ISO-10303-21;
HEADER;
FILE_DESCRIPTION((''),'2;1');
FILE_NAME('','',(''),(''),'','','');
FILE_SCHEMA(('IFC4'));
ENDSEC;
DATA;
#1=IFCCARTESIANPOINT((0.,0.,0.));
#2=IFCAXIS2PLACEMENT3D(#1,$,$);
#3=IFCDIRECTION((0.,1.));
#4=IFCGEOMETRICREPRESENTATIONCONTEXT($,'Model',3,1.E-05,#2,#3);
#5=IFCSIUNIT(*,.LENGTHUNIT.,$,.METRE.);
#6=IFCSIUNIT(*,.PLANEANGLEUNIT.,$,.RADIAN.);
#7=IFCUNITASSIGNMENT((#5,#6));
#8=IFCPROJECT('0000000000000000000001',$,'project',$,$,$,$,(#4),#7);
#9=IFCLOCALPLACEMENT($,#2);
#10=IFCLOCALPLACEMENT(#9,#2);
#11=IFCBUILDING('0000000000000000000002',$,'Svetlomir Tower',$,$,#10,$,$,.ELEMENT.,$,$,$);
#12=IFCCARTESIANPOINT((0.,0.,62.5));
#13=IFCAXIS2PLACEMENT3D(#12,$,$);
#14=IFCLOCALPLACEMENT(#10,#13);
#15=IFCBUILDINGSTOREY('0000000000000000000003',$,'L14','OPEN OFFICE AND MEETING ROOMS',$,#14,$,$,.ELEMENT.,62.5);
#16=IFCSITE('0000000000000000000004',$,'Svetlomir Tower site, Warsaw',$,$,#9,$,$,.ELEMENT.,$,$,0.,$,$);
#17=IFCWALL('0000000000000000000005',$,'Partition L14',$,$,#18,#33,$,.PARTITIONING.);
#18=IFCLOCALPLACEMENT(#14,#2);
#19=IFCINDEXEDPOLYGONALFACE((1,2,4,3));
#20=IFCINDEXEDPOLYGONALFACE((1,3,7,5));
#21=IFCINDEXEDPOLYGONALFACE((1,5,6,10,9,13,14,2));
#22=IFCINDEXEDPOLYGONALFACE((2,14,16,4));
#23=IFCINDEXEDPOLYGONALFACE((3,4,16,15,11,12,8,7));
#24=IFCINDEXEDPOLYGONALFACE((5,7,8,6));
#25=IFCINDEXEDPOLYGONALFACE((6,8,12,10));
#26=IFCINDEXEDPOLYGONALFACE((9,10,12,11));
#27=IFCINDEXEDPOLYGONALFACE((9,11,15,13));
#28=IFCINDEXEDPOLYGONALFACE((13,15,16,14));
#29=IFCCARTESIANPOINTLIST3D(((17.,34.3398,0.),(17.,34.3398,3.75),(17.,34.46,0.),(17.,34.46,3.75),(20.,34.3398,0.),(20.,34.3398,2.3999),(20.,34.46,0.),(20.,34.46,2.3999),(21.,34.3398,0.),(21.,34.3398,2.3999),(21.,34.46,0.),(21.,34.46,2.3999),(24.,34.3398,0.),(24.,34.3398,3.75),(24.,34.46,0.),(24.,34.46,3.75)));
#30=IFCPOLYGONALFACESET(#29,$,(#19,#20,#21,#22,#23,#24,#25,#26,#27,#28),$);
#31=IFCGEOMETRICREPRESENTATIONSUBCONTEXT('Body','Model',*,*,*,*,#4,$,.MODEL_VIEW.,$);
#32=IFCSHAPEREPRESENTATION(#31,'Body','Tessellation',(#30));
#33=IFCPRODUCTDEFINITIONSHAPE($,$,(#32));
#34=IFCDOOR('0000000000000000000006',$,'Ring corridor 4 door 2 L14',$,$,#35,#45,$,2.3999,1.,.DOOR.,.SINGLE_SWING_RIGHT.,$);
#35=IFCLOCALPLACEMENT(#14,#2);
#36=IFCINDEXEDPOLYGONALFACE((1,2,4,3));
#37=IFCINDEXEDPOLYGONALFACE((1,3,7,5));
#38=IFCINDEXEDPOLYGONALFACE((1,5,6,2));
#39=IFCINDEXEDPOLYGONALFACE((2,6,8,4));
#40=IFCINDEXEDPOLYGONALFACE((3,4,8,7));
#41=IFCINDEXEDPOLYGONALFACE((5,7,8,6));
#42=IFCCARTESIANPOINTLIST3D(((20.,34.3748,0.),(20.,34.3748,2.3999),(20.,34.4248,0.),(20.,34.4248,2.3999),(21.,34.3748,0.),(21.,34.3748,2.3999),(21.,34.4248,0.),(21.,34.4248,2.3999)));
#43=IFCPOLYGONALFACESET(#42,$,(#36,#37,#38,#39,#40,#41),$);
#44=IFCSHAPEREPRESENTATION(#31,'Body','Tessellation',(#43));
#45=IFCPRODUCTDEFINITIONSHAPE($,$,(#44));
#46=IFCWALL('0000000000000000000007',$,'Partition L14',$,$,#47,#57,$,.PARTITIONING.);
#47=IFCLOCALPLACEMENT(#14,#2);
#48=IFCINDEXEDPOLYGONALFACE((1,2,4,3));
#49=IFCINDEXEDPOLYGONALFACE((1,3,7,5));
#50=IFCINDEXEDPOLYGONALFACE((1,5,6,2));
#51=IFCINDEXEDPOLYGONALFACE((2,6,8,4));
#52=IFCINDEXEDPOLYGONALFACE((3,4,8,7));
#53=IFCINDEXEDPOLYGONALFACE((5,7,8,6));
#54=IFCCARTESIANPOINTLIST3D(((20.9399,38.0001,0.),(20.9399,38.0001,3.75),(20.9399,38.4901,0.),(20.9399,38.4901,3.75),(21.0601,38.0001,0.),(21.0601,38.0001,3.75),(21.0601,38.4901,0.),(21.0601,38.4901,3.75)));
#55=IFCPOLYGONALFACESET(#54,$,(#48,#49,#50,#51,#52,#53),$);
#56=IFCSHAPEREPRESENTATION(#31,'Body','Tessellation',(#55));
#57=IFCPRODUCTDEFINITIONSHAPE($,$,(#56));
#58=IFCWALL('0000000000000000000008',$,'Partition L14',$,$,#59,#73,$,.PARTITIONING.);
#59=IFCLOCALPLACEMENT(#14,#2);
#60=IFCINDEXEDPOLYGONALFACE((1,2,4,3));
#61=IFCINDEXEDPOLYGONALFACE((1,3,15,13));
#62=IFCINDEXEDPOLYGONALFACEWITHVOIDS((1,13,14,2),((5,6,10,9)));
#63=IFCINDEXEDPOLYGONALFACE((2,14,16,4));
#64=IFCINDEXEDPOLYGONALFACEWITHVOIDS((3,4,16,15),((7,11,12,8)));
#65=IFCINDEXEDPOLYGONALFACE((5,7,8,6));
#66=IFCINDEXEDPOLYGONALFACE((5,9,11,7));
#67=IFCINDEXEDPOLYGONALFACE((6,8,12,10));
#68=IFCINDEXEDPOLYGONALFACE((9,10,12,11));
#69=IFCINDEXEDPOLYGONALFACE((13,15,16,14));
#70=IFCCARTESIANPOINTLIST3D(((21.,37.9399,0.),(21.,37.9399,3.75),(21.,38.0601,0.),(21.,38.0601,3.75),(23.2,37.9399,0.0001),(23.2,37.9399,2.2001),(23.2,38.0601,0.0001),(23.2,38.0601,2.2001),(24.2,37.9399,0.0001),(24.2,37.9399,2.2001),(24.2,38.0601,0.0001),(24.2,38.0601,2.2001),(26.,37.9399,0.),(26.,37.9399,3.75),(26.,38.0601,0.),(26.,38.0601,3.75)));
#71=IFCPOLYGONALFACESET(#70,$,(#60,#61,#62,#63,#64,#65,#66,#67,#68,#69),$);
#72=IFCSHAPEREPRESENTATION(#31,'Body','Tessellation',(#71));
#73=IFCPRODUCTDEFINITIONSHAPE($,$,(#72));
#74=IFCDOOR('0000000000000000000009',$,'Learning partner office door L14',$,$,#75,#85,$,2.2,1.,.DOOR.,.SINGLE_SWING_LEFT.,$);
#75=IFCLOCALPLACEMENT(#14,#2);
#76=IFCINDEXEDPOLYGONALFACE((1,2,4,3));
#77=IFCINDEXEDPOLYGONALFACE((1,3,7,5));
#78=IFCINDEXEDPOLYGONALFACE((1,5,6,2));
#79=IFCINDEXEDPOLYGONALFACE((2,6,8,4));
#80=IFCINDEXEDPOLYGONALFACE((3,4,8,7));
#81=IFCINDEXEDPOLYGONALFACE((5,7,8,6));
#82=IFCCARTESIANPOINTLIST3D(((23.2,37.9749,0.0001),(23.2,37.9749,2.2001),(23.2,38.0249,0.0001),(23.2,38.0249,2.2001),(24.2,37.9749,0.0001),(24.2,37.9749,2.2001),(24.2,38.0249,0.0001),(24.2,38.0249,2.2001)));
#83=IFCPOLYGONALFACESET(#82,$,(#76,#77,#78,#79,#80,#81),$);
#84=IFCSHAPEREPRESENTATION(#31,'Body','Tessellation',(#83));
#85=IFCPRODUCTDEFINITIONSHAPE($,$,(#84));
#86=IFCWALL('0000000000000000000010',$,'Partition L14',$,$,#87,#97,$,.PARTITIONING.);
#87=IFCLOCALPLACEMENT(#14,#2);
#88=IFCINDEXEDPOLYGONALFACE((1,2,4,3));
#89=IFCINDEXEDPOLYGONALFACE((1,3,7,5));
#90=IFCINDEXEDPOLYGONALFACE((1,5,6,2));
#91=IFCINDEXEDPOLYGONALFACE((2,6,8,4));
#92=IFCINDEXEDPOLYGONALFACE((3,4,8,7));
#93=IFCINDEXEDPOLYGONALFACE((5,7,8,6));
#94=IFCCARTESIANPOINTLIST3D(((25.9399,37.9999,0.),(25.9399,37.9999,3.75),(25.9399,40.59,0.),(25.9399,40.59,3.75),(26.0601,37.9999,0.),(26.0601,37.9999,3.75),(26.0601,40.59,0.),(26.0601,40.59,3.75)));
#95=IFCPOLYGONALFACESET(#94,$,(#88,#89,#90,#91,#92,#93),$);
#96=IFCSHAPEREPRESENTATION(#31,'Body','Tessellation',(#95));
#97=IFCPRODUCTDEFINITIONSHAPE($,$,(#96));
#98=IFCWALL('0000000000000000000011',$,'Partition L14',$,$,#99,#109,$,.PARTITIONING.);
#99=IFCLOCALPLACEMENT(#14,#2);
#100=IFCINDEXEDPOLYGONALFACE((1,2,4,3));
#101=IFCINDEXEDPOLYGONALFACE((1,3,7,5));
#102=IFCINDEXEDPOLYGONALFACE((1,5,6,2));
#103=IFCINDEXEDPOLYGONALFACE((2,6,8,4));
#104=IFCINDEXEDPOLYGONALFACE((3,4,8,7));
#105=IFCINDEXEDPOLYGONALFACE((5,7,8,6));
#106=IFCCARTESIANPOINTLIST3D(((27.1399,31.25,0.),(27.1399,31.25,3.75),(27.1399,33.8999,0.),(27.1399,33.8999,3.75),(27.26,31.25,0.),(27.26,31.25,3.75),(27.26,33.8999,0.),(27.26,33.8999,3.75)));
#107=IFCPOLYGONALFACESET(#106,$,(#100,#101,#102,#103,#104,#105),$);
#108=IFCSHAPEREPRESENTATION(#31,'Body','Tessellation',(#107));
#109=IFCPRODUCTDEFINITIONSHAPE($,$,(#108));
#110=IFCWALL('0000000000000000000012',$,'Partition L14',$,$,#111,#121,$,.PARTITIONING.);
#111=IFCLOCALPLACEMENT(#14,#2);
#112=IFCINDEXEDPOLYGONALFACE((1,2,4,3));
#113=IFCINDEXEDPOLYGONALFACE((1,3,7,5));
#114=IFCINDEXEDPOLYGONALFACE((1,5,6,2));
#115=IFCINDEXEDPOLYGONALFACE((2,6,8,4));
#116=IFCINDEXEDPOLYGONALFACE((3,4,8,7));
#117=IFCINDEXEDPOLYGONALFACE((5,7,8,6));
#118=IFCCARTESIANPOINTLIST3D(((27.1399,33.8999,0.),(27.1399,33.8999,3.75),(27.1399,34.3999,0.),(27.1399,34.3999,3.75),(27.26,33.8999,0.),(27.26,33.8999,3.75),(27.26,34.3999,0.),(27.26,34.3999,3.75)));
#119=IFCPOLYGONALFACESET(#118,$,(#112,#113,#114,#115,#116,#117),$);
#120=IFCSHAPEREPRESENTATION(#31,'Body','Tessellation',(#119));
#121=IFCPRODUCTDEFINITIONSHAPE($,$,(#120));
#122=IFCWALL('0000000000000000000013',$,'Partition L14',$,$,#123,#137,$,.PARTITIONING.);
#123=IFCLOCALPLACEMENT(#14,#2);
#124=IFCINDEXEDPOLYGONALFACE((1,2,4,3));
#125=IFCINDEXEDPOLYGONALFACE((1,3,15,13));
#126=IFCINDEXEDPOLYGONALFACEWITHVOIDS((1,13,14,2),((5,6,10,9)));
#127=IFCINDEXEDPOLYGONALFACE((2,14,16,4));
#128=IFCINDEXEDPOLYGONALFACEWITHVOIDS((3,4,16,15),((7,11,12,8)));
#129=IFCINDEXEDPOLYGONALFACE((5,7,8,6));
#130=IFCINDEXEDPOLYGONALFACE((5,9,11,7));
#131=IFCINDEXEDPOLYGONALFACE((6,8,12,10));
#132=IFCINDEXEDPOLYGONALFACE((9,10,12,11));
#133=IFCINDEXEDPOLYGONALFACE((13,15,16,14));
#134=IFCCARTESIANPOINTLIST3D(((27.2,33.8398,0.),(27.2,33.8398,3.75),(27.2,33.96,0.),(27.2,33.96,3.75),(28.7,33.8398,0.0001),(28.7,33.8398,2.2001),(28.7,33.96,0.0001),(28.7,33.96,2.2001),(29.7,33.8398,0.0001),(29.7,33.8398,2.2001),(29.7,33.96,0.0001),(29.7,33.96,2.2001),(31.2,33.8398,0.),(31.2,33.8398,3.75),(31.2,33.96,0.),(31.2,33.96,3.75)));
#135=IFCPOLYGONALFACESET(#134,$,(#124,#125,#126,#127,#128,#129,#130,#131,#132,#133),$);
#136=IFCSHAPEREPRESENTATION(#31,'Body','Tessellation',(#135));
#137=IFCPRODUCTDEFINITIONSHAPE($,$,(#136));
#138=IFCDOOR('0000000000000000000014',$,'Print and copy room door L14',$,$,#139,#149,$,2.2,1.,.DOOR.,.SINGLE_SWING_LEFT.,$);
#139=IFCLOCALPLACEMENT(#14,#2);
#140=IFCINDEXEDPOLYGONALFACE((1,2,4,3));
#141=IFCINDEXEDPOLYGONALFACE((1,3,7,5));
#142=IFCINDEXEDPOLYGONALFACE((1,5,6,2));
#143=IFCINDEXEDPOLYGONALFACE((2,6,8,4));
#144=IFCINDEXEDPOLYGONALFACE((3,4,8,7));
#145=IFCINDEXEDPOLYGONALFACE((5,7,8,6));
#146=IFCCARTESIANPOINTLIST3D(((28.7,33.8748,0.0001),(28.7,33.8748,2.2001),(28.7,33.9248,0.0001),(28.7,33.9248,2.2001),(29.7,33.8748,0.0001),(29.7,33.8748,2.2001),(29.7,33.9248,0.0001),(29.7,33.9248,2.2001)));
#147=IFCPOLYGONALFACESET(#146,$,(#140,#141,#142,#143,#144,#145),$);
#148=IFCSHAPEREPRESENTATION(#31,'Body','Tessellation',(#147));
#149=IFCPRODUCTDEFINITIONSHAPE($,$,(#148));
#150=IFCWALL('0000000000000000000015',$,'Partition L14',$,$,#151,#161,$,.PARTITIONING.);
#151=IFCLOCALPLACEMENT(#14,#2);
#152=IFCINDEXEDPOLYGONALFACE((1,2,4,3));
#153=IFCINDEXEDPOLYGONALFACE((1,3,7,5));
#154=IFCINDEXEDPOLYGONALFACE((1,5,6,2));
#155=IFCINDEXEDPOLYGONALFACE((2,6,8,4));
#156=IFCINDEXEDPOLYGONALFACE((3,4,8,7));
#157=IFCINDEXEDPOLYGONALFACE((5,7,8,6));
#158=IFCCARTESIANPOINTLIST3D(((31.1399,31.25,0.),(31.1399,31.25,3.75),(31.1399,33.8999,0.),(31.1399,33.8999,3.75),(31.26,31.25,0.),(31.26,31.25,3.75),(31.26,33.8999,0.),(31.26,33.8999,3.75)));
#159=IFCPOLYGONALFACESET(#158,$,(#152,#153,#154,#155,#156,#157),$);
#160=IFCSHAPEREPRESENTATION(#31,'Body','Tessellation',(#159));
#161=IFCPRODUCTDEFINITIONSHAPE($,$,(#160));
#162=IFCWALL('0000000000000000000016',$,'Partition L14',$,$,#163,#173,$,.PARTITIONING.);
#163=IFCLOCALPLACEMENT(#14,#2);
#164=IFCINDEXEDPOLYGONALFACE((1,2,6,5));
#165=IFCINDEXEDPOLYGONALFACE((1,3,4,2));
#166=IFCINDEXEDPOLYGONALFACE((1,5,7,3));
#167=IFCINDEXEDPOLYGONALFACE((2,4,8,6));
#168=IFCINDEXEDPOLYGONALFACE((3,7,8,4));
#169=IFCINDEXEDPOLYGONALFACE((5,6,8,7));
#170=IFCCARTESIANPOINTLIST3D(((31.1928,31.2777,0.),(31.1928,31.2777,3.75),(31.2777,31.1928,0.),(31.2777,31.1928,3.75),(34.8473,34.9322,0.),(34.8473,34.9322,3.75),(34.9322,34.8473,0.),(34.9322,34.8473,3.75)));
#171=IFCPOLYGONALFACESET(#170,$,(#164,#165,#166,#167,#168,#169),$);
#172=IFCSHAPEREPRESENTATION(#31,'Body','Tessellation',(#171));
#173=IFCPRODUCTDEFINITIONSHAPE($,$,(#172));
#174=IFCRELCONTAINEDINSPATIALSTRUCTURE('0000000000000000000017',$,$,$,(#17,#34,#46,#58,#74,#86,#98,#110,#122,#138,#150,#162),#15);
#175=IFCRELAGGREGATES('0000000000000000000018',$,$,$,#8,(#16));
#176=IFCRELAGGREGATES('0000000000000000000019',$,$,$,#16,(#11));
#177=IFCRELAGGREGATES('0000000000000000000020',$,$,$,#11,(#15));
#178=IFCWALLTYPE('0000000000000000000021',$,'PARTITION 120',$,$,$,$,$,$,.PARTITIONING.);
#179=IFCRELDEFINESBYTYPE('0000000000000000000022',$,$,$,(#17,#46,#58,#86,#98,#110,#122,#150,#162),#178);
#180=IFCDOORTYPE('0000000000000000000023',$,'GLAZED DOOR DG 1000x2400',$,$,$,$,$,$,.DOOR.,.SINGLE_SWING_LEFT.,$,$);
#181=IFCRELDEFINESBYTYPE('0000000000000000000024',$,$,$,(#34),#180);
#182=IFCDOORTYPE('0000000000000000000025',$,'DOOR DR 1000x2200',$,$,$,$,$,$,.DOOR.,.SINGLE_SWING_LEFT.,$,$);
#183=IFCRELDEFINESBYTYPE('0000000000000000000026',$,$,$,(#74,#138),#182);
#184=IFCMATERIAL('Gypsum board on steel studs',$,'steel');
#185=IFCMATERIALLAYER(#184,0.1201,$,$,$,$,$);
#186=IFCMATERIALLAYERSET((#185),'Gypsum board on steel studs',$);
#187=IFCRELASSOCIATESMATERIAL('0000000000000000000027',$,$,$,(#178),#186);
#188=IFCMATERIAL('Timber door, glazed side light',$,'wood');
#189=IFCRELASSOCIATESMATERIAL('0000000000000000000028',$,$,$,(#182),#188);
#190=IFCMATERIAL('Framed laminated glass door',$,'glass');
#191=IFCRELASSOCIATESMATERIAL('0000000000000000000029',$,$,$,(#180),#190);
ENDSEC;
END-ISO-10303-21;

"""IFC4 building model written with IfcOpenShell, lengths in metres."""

from ifc_helpers import new_model, si_unit, direction, frame, frame_2d, origin, place, context, subcontext, project, spatial, rectangle, extrude, material, layer, layer_set, type_object, element, fill, save


model = new_model("IFC4")

# Units and contexts
model_context = context("Model", 3, precision=1e-05, world=origin(), true_north=direction((0.0, 1.0)))
body_context = subcontext(model_context, "Body", "Model", "MODEL_VIEW")
ifc_project = project(units=[si_unit("LENGTHUNIT", "METRE"), si_unit("PLANEANGLEUNIT", "RADIAN")], contexts=[model_context])

# Site, building, storey
site_placement = place(None, origin())
site = spatial("IfcSite", under=ifc_project, at=site_placement, Name="Svetlomir Tower site, Warsaw", CompositionType="ELEMENT", RefElevation=0.0)
building_placement = place(site_placement, origin())
building = spatial("IfcBuilding", under=site, at=building_placement, Name="Svetlomir Tower", CompositionType="ELEMENT")
storey_placement = place(building_placement, frame((0.0, 0.0, 62.5)))
storey = spatial("IfcBuildingStorey", under=building, at=storey_placement, Name="L14", Description="OPEN OFFICE AND MEETING ROOMS", CompositionType="ELEMENT", Elevation=62.5)

# Shared definitions
ifc_material_1 = material(Name="Gypsum board on steel studs", Category="steel")
ifc_layer_1 = layer(ifc_material_1, 0.1201)
ifc_layer_set_1 = layer_set([ifc_layer_1], Name="Gypsum board on steel studs")
wall_type_1 = type_object("IfcWallType", Name="PARTITION 120", PredefinedType="PARTITIONING", material=ifc_layer_set_1)

# Shared definitions
ifc_material_2 = material(Name="Timber door, glazed side light", Category="wood")
door_type_1 = type_object("IfcDoorType", Name="DOOR DR 1000x2200", OperationType="SINGLE_SWING_LEFT", PredefinedType="DOOR", material=ifc_material_2)

# Wall, opening, door
wall_1_placement = place(storey_placement, frame((17.0, 34.3999, 0.0), z_axis=(0.0, 0.0, 1.0), x_axis=(1.0, 0.0, 0.0)))
wall_1 = element("IfcWall", 1, at=wall_1_placement, inside=storey, type_object=wall_type_1, Name="Partition L14", PredefinedType="PARTITIONING", context=body_context, shape_type="SweptSolid", body=[
    extrude(rectangle(XDim=7.0, YDim=0.1201, at=frame_2d((3.5, 0.0))), origin(), (0.0, 0.0, 1.0), 3.75),
])
opening_1_placement = place(wall_1_placement, frame((3.0, 0.0, 0.0)))
opening_1 = element("IfcOpeningElement", 2, at=opening_1_placement, cuts=wall_1, PredefinedType="OPENING", context=body_context, shape_type="SweptSolid", body=[
    extrude(rectangle(XDim=1.0, YDim=2.3999, at=frame_2d((0.5, 1.2))), frame((0.0, 0.0701, 0.0), z_axis=(0.0, -1.0, 0.0), x_axis=(1.0, 0.0, 0.0)), (0.0, 0.0, 1.0), 0.1401),
])
ifc_material_3 = material(Name="Framed laminated glass door", Category="glass")
door_type_2 = type_object("IfcDoorType", Name="GLAZED DOOR DG 1000x2400", OperationType="SINGLE_SWING_LEFT", PredefinedType="DOOR", material=ifc_material_3)
door_1_placement = place(opening_1_placement, origin())
door_1 = element("IfcDoor", 3, at=door_1_placement, inside=storey, type_object=door_type_2, Name="Ring corridor 4 door 2 L14", OperationType="SINGLE_SWING_RIGHT", OverallHeight=2.3999, OverallWidth=1.0, PredefinedType="DOOR", context=body_context, shape_type="SweptSolid", body=[
    extrude(rectangle(XDim=1.0, YDim=2.3999, at=frame_2d((0.5, 1.2))), frame((0.0, 0.0249, 0.0), z_axis=(0.0, -1.0, 0.0), x_axis=(1.0, 0.0, 0.0)), (0.0, 0.0, 1.0), 0.05),
])
fill(opening_1, door_1)

# Wall
wall_2_placement = place(storey_placement, frame((21.0, 38.0, 0.0), z_axis=(0.0, 0.0, 1.0), x_axis=(0.0, 1.0, 0.0)))
element("IfcWall", 4, at=wall_2_placement, inside=storey, type_object=wall_type_1, Name="Partition L14", PredefinedType="PARTITIONING", context=body_context, shape_type="SweptSolid", body=[
    extrude(rectangle(XDim=0.49, YDim=0.1201, at=frame_2d((0.2451, 0.0))), origin(), (0.0, 0.0, 1.0), 3.75),
])

# Wall, opening, door
wall_3_placement = place(storey_placement, frame((21.0, 38.0, 0.0), z_axis=(0.0, 0.0, 1.0), x_axis=(1.0, 0.0, 0.0)))
wall_3 = element("IfcWall", 5, at=wall_3_placement, inside=storey, type_object=wall_type_1, Name="Partition L14", PredefinedType="PARTITIONING", context=body_context, shape_type="SweptSolid", body=[
    extrude(rectangle(XDim=5.0, YDim=0.1201, at=frame_2d((2.5, 0.0))), origin(), (0.0, 0.0, 1.0), 3.75),
])
opening_2_placement = place(wall_3_placement, frame((2.2, 0.0, 0.0)))
opening_2 = element("IfcOpeningElement", 6, at=opening_2_placement, cuts=wall_3, PredefinedType="OPENING", context=body_context, shape_type="SweptSolid", body=[
    extrude(rectangle(XDim=1.0, YDim=2.2, at=frame_2d((0.5, 1.1001))), frame((0.0, 0.0701, 0.0), z_axis=(0.0, -1.0, 0.0), x_axis=(1.0, 0.0, 0.0)), (0.0, 0.0, 1.0), 0.1401),
])
door_2_placement = place(opening_2_placement, origin())
door_2 = element("IfcDoor", 7, at=door_2_placement, inside=storey, type_object=door_type_1, Name="Learning partner office door L14", OperationType="SINGLE_SWING_LEFT", OverallHeight=2.2, OverallWidth=1.0, PredefinedType="DOOR", context=body_context, shape_type="SweptSolid", body=[
    extrude(rectangle(XDim=1.0, YDim=2.2, at=frame_2d((0.5, 1.1001))), frame((0.0, 0.0249, 0.0), z_axis=(0.0, -1.0, 0.0), x_axis=(1.0, 0.0, 0.0)), (0.0, 0.0, 1.0), 0.05),
])
fill(opening_2, door_2)

# Walls
wall_4_placement = place(storey_placement, frame((26.0, 38.0, 0.0), z_axis=(0.0, 0.0, 1.0), x_axis=(0.0, 1.0, 0.0)))
element("IfcWall", 8, at=wall_4_placement, inside=storey, type_object=wall_type_1, Name="Partition L14", PredefinedType="PARTITIONING", context=body_context, shape_type="SweptSolid", body=[
    extrude(rectangle(XDim=2.5901, YDim=0.1201, at=frame_2d((1.2949, 0.0))), origin(), (0.0, 0.0, 1.0), 3.75),
])
wall_5_placement = place(storey_placement, frame((27.2, 31.25, 0.0), z_axis=(0.0, 0.0, 1.0), x_axis=(0.0, 1.0, 0.0)))
element("IfcWall", 9, at=wall_5_placement, inside=storey, type_object=wall_type_1, Name="Partition L14", PredefinedType="PARTITIONING", context=body_context, shape_type="SweptSolid", body=[
    extrude(rectangle(XDim=2.6499, YDim=0.1201, at=frame_2d((1.325, 0.0))), origin(), (0.0, 0.0, 1.0), 3.75),
])
wall_6_placement = place(storey_placement, frame((27.2, 33.8999, 0.0), z_axis=(0.0, 0.0, 1.0), x_axis=(0.0, 1.0, 0.0)))
element("IfcWall", 10, at=wall_6_placement, inside=storey, type_object=wall_type_1, Name="Partition L14", PredefinedType="PARTITIONING", context=body_context, shape_type="SweptSolid", body=[
    extrude(rectangle(XDim=0.5, YDim=0.1201, at=frame_2d((0.25, 0.0))), origin(), (0.0, 0.0, 1.0), 3.75),
])

# Wall, opening, door
wall_7_placement = place(storey_placement, frame((27.2, 33.8999, 0.0), z_axis=(0.0, 0.0, 1.0), x_axis=(1.0, 0.0, 0.0)))
wall_7 = element("IfcWall", 11, at=wall_7_placement, inside=storey, type_object=wall_type_1, Name="Partition L14", PredefinedType="PARTITIONING", context=body_context, shape_type="SweptSolid", body=[
    extrude(rectangle(XDim=4.0, YDim=0.1201, at=frame_2d((2.0, 0.0))), origin(), (0.0, 0.0, 1.0), 3.75),
])
opening_3_placement = place(wall_7_placement, frame((1.5, 0.0, 0.0)))
opening_3 = element("IfcOpeningElement", 12, at=opening_3_placement, cuts=wall_7, PredefinedType="OPENING", context=body_context, shape_type="SweptSolid", body=[
    extrude(rectangle(XDim=1.0, YDim=2.2, at=frame_2d((0.5, 1.1001))), frame((0.0, 0.0701, 0.0), z_axis=(0.0, -1.0, 0.0), x_axis=(1.0, 0.0, 0.0)), (0.0, 0.0, 1.0), 0.1401),
])
door_3_placement = place(opening_3_placement, origin())
door_3 = element("IfcDoor", 13, at=door_3_placement, inside=storey, type_object=door_type_1, Name="Print and copy room door L14", OperationType="SINGLE_SWING_LEFT", OverallHeight=2.2, OverallWidth=1.0, PredefinedType="DOOR", context=body_context, shape_type="SweptSolid", body=[
    extrude(rectangle(XDim=1.0, YDim=2.2, at=frame_2d((0.5, 1.1001))), frame((0.0, 0.0249, 0.0), z_axis=(0.0, -1.0, 0.0), x_axis=(1.0, 0.0, 0.0)), (0.0, 0.0, 1.0), 0.05),
])
fill(opening_3, door_3)

# Walls
wall_8_placement = place(storey_placement, frame((31.2, 31.25, 0.0), z_axis=(0.0, 0.0, 1.0), x_axis=(0.0, 1.0, 0.0)))
element("IfcWall", 14, at=wall_8_placement, inside=storey, type_object=wall_type_1, Name="Partition L14", PredefinedType="PARTITIONING", context=body_context, shape_type="SweptSolid", body=[
    extrude(rectangle(XDim=2.6499, YDim=0.1201, at=frame_2d((1.325, 0.0))), origin(), (0.0, 0.0, 1.0), 3.75),
])
wall_9_placement = place(storey_placement, frame((31.2354, 31.2354, 0.0), z_axis=(0.0, 0.0, 1.0), x_axis=(0.707107, 0.707107, 0.0)))
element("IfcWall", 15, at=wall_9_placement, inside=storey, type_object=wall_type_1, Name="Partition L14", PredefinedType="PARTITIONING", context=body_context, shape_type="SweptSolid", body=[
    extrude(rectangle(XDim=5.1682, YDim=0.1201, at=frame_2d((2.584, 0.0))), origin(), (0.0, 0.0, 1.0), 3.75),
])

save(model, "model.ifc")
